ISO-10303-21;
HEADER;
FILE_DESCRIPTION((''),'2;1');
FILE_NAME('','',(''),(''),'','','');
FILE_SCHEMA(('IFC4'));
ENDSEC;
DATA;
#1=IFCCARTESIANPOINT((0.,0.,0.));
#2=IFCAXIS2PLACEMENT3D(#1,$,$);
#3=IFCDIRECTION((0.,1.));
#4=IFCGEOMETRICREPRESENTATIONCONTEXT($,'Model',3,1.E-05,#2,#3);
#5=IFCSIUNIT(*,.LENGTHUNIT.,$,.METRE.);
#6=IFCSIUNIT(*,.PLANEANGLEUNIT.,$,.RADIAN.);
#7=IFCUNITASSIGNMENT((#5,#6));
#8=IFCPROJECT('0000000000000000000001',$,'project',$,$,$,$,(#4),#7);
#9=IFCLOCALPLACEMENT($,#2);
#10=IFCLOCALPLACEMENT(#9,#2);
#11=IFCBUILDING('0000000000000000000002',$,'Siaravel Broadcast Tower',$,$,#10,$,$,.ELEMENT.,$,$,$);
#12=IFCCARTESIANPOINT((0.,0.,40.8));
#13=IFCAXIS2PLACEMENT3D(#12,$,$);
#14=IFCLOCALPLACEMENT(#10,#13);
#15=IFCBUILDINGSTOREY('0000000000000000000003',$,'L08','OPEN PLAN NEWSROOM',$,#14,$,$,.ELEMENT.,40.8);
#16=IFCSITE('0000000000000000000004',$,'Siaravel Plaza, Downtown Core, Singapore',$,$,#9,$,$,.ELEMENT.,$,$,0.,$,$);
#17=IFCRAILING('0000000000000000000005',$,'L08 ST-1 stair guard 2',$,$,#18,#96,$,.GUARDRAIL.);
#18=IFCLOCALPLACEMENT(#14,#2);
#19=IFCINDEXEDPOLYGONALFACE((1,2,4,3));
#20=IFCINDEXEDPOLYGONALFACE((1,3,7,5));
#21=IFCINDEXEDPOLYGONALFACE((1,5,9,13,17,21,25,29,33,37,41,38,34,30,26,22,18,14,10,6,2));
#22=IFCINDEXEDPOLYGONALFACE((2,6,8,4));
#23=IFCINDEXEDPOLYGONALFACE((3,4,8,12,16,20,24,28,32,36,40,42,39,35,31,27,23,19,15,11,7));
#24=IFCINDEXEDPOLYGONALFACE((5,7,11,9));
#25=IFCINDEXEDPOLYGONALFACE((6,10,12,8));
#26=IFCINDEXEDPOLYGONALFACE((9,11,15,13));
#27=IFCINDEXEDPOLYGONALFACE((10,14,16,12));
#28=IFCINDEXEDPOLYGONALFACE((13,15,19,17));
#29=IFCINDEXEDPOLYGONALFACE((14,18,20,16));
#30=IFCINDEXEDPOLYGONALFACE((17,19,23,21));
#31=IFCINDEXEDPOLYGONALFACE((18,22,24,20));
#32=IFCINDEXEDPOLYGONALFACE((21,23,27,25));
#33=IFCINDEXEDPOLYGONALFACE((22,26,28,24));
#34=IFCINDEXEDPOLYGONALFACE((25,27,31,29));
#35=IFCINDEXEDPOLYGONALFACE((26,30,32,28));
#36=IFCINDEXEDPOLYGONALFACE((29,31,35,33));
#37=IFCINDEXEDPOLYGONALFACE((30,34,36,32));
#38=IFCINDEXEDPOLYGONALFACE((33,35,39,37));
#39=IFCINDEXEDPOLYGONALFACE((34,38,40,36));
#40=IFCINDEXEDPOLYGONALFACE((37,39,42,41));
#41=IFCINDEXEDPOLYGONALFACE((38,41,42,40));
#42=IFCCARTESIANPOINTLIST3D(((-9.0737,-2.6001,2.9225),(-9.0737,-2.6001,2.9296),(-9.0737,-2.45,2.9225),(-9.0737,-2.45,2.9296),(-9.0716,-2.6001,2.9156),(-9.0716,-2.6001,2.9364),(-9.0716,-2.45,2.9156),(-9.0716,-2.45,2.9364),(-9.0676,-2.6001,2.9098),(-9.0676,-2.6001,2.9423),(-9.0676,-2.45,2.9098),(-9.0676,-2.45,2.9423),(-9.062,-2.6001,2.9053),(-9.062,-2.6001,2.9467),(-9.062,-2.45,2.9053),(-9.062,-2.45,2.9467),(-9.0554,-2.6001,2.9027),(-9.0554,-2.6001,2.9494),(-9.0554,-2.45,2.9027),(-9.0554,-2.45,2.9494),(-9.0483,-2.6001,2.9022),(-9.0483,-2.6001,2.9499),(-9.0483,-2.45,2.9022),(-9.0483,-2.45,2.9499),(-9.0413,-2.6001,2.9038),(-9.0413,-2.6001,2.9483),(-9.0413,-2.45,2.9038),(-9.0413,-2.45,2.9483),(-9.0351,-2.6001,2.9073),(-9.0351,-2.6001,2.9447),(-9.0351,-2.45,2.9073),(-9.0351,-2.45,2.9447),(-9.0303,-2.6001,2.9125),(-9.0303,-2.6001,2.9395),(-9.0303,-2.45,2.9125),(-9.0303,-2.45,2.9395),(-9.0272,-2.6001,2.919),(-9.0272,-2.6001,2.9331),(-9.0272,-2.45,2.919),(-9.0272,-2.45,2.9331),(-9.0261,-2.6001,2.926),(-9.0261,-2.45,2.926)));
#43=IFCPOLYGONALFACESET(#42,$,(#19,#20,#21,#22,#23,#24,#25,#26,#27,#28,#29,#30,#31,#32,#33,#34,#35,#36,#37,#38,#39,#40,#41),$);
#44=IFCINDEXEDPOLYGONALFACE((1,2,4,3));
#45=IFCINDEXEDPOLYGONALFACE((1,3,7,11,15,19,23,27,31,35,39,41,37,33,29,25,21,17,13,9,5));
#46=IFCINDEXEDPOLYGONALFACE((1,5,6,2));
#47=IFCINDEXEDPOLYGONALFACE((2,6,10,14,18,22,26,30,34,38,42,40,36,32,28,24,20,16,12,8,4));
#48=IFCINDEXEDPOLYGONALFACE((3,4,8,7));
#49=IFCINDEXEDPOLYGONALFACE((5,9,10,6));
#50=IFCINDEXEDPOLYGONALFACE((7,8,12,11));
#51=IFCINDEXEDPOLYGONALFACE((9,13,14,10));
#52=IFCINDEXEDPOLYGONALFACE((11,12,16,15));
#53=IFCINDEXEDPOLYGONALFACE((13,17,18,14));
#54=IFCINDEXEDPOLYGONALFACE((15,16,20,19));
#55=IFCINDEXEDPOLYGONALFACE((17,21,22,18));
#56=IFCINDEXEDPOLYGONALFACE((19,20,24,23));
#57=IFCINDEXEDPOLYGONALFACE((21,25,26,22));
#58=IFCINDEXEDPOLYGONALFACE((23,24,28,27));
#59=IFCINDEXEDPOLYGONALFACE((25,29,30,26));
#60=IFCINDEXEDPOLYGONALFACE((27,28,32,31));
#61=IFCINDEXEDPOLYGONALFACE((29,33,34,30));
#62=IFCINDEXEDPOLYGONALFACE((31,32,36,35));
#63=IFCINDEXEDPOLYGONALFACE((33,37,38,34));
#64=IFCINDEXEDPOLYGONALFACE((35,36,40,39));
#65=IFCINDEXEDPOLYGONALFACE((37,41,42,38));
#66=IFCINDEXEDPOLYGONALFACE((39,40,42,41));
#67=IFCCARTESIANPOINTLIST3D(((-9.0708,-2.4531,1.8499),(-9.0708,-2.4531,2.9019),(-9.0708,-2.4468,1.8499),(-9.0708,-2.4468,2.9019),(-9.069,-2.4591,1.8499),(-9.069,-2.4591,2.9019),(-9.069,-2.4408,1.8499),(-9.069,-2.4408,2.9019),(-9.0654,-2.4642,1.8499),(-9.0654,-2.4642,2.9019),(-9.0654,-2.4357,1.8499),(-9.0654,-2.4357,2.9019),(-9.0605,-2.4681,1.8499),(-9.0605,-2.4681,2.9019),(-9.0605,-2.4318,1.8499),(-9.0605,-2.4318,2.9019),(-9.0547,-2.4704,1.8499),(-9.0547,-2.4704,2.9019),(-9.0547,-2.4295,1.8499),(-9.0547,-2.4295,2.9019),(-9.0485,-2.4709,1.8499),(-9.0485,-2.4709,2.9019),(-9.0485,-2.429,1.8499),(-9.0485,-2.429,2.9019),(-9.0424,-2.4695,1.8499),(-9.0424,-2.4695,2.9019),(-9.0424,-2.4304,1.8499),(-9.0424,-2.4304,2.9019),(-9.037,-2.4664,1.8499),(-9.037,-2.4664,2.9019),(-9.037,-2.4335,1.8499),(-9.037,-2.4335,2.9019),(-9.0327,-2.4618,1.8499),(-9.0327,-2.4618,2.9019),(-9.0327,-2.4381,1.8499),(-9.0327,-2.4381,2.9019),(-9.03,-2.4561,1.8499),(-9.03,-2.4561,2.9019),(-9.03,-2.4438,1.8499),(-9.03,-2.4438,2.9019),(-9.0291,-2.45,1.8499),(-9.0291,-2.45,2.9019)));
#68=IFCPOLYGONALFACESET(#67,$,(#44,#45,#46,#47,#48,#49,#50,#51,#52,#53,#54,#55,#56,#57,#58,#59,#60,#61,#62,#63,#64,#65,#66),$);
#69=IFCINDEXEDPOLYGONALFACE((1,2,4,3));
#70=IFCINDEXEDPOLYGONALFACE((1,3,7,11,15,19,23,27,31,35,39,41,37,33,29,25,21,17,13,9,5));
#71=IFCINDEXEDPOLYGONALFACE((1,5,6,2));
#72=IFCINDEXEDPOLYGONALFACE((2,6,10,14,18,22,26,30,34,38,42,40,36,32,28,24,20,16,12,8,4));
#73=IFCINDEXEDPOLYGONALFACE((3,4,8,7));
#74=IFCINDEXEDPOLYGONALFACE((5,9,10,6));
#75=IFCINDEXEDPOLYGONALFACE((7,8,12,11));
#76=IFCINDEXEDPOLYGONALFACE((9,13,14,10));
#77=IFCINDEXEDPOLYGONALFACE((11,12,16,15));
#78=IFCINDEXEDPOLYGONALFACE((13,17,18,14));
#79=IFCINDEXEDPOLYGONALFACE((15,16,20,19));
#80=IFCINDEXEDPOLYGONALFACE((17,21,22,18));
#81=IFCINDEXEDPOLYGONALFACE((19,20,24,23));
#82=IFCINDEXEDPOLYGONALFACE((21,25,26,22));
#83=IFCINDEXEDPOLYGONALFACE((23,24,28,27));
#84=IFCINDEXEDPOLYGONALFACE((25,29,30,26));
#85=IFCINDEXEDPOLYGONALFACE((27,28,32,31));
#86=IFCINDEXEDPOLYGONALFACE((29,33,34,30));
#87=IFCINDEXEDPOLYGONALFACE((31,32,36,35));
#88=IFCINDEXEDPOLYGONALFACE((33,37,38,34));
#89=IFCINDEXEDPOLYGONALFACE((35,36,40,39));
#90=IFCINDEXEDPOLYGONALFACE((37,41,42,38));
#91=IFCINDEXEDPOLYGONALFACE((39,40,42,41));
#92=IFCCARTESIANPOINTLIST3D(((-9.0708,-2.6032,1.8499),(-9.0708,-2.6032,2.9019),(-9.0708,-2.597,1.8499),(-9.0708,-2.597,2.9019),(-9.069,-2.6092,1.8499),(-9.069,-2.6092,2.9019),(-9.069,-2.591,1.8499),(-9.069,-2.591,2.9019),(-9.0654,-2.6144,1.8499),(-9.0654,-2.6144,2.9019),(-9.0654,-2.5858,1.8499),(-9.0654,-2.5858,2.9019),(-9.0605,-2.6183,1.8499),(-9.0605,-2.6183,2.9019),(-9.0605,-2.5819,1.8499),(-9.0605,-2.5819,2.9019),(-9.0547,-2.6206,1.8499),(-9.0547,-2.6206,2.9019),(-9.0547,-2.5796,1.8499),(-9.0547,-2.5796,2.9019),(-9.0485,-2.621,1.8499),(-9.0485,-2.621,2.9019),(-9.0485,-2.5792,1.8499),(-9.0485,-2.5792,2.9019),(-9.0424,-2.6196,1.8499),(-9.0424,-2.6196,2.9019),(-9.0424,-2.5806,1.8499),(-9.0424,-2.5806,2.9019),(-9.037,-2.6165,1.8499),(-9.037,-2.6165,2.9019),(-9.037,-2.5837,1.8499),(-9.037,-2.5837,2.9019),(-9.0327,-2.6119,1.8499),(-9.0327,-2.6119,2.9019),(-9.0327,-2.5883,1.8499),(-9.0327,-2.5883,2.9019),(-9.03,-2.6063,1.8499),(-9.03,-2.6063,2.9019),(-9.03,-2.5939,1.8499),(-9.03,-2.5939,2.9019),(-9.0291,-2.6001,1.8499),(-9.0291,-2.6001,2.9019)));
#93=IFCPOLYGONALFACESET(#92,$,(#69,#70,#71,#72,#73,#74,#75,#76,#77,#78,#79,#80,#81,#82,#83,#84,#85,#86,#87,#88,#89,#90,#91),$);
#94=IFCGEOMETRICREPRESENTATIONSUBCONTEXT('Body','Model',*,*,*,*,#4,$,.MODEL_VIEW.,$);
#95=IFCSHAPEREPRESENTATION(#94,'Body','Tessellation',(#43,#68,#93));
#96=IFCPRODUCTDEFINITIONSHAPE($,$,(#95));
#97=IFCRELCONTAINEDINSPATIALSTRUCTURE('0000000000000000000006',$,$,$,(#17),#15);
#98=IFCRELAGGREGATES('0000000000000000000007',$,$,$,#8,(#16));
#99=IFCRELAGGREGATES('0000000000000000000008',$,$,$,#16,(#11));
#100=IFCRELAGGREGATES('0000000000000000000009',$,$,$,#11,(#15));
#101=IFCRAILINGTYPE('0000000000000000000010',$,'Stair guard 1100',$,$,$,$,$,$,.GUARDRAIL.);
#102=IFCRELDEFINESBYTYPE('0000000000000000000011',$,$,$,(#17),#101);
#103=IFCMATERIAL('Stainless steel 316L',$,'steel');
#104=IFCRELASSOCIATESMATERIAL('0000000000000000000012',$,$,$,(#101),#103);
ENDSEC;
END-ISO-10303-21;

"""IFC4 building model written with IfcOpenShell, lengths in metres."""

from ifc_helpers import new_model, si_unit, direction, frame, origin, origin_2d, place, context, subcontext, project, spatial, circle, extrude, material, type_object, element, save


model = new_model("IFC4")

# Units and contexts
model_context = context("Model", 3, precision=1e-05, world=origin(), true_north=direction((0.0, 1.0)))
body_context = subcontext(model_context, "Body", "Model", "MODEL_VIEW")
ifc_project = project(units=[si_unit("LENGTHUNIT", "METRE"), si_unit("PLANEANGLEUNIT", "RADIAN")], contexts=[model_context])

# Site, building, storey
site_placement = place(None, origin())
site = spatial("IfcSite", under=ifc_project, at=site_placement, Name="Siaravel Plaza, Downtown Core, Singapore", CompositionType="ELEMENT", RefElevation=0.0)
building_placement = place(site_placement, origin())
building = spatial("IfcBuilding", under=site, at=building_placement, Name="Siaravel Broadcast Tower", CompositionType="ELEMENT")
storey_placement = place(building_placement, frame((0.0, 0.0, 40.8)))
storey = spatial("IfcBuildingStorey", under=building, at=storey_placement, Name="L08", Description="OPEN PLAN NEWSROOM", CompositionType="ELEMENT", Elevation=40.8)

# Railing
ifc_material_1 = material(Name="Stainless steel 316L", Category="steel")
railing_type_1 = type_object("IfcRailingType", Name="Stair guard 1100", PredefinedType="GUARDRAIL", material=ifc_material_1)
railing_1_placement = place(storey_placement, frame((-9.05, -2.45, 1.8499)))
element("IfcRailing", 1, at=railing_1_placement, inside=storey, type_object=railing_type_1, Name="L08 ST-1 stair guard 2", PredefinedType="GUARDRAIL", context=body_context, shape_type="SweptSolid", body=[
    extrude(circle(Radius=0.0239, at=origin_2d()), frame((0.0, 0.0, 1.0762), z_axis=(0.0, -1.0, 0.0), x_axis=(1.0, 0.0, 0.0)), (0.0, 0.0, 1.0), 0.1501),
    extrude(circle(Radius=0.021, at=origin_2d()), origin(), (0.0, 0.0, 1.0), 1.052),
    extrude(circle(Radius=0.021, at=origin_2d()), frame((0.0, -0.1501, 0.0)), (0.0, 0.0, 1.0), 1.052),
])

save(model, "model.ifc")
